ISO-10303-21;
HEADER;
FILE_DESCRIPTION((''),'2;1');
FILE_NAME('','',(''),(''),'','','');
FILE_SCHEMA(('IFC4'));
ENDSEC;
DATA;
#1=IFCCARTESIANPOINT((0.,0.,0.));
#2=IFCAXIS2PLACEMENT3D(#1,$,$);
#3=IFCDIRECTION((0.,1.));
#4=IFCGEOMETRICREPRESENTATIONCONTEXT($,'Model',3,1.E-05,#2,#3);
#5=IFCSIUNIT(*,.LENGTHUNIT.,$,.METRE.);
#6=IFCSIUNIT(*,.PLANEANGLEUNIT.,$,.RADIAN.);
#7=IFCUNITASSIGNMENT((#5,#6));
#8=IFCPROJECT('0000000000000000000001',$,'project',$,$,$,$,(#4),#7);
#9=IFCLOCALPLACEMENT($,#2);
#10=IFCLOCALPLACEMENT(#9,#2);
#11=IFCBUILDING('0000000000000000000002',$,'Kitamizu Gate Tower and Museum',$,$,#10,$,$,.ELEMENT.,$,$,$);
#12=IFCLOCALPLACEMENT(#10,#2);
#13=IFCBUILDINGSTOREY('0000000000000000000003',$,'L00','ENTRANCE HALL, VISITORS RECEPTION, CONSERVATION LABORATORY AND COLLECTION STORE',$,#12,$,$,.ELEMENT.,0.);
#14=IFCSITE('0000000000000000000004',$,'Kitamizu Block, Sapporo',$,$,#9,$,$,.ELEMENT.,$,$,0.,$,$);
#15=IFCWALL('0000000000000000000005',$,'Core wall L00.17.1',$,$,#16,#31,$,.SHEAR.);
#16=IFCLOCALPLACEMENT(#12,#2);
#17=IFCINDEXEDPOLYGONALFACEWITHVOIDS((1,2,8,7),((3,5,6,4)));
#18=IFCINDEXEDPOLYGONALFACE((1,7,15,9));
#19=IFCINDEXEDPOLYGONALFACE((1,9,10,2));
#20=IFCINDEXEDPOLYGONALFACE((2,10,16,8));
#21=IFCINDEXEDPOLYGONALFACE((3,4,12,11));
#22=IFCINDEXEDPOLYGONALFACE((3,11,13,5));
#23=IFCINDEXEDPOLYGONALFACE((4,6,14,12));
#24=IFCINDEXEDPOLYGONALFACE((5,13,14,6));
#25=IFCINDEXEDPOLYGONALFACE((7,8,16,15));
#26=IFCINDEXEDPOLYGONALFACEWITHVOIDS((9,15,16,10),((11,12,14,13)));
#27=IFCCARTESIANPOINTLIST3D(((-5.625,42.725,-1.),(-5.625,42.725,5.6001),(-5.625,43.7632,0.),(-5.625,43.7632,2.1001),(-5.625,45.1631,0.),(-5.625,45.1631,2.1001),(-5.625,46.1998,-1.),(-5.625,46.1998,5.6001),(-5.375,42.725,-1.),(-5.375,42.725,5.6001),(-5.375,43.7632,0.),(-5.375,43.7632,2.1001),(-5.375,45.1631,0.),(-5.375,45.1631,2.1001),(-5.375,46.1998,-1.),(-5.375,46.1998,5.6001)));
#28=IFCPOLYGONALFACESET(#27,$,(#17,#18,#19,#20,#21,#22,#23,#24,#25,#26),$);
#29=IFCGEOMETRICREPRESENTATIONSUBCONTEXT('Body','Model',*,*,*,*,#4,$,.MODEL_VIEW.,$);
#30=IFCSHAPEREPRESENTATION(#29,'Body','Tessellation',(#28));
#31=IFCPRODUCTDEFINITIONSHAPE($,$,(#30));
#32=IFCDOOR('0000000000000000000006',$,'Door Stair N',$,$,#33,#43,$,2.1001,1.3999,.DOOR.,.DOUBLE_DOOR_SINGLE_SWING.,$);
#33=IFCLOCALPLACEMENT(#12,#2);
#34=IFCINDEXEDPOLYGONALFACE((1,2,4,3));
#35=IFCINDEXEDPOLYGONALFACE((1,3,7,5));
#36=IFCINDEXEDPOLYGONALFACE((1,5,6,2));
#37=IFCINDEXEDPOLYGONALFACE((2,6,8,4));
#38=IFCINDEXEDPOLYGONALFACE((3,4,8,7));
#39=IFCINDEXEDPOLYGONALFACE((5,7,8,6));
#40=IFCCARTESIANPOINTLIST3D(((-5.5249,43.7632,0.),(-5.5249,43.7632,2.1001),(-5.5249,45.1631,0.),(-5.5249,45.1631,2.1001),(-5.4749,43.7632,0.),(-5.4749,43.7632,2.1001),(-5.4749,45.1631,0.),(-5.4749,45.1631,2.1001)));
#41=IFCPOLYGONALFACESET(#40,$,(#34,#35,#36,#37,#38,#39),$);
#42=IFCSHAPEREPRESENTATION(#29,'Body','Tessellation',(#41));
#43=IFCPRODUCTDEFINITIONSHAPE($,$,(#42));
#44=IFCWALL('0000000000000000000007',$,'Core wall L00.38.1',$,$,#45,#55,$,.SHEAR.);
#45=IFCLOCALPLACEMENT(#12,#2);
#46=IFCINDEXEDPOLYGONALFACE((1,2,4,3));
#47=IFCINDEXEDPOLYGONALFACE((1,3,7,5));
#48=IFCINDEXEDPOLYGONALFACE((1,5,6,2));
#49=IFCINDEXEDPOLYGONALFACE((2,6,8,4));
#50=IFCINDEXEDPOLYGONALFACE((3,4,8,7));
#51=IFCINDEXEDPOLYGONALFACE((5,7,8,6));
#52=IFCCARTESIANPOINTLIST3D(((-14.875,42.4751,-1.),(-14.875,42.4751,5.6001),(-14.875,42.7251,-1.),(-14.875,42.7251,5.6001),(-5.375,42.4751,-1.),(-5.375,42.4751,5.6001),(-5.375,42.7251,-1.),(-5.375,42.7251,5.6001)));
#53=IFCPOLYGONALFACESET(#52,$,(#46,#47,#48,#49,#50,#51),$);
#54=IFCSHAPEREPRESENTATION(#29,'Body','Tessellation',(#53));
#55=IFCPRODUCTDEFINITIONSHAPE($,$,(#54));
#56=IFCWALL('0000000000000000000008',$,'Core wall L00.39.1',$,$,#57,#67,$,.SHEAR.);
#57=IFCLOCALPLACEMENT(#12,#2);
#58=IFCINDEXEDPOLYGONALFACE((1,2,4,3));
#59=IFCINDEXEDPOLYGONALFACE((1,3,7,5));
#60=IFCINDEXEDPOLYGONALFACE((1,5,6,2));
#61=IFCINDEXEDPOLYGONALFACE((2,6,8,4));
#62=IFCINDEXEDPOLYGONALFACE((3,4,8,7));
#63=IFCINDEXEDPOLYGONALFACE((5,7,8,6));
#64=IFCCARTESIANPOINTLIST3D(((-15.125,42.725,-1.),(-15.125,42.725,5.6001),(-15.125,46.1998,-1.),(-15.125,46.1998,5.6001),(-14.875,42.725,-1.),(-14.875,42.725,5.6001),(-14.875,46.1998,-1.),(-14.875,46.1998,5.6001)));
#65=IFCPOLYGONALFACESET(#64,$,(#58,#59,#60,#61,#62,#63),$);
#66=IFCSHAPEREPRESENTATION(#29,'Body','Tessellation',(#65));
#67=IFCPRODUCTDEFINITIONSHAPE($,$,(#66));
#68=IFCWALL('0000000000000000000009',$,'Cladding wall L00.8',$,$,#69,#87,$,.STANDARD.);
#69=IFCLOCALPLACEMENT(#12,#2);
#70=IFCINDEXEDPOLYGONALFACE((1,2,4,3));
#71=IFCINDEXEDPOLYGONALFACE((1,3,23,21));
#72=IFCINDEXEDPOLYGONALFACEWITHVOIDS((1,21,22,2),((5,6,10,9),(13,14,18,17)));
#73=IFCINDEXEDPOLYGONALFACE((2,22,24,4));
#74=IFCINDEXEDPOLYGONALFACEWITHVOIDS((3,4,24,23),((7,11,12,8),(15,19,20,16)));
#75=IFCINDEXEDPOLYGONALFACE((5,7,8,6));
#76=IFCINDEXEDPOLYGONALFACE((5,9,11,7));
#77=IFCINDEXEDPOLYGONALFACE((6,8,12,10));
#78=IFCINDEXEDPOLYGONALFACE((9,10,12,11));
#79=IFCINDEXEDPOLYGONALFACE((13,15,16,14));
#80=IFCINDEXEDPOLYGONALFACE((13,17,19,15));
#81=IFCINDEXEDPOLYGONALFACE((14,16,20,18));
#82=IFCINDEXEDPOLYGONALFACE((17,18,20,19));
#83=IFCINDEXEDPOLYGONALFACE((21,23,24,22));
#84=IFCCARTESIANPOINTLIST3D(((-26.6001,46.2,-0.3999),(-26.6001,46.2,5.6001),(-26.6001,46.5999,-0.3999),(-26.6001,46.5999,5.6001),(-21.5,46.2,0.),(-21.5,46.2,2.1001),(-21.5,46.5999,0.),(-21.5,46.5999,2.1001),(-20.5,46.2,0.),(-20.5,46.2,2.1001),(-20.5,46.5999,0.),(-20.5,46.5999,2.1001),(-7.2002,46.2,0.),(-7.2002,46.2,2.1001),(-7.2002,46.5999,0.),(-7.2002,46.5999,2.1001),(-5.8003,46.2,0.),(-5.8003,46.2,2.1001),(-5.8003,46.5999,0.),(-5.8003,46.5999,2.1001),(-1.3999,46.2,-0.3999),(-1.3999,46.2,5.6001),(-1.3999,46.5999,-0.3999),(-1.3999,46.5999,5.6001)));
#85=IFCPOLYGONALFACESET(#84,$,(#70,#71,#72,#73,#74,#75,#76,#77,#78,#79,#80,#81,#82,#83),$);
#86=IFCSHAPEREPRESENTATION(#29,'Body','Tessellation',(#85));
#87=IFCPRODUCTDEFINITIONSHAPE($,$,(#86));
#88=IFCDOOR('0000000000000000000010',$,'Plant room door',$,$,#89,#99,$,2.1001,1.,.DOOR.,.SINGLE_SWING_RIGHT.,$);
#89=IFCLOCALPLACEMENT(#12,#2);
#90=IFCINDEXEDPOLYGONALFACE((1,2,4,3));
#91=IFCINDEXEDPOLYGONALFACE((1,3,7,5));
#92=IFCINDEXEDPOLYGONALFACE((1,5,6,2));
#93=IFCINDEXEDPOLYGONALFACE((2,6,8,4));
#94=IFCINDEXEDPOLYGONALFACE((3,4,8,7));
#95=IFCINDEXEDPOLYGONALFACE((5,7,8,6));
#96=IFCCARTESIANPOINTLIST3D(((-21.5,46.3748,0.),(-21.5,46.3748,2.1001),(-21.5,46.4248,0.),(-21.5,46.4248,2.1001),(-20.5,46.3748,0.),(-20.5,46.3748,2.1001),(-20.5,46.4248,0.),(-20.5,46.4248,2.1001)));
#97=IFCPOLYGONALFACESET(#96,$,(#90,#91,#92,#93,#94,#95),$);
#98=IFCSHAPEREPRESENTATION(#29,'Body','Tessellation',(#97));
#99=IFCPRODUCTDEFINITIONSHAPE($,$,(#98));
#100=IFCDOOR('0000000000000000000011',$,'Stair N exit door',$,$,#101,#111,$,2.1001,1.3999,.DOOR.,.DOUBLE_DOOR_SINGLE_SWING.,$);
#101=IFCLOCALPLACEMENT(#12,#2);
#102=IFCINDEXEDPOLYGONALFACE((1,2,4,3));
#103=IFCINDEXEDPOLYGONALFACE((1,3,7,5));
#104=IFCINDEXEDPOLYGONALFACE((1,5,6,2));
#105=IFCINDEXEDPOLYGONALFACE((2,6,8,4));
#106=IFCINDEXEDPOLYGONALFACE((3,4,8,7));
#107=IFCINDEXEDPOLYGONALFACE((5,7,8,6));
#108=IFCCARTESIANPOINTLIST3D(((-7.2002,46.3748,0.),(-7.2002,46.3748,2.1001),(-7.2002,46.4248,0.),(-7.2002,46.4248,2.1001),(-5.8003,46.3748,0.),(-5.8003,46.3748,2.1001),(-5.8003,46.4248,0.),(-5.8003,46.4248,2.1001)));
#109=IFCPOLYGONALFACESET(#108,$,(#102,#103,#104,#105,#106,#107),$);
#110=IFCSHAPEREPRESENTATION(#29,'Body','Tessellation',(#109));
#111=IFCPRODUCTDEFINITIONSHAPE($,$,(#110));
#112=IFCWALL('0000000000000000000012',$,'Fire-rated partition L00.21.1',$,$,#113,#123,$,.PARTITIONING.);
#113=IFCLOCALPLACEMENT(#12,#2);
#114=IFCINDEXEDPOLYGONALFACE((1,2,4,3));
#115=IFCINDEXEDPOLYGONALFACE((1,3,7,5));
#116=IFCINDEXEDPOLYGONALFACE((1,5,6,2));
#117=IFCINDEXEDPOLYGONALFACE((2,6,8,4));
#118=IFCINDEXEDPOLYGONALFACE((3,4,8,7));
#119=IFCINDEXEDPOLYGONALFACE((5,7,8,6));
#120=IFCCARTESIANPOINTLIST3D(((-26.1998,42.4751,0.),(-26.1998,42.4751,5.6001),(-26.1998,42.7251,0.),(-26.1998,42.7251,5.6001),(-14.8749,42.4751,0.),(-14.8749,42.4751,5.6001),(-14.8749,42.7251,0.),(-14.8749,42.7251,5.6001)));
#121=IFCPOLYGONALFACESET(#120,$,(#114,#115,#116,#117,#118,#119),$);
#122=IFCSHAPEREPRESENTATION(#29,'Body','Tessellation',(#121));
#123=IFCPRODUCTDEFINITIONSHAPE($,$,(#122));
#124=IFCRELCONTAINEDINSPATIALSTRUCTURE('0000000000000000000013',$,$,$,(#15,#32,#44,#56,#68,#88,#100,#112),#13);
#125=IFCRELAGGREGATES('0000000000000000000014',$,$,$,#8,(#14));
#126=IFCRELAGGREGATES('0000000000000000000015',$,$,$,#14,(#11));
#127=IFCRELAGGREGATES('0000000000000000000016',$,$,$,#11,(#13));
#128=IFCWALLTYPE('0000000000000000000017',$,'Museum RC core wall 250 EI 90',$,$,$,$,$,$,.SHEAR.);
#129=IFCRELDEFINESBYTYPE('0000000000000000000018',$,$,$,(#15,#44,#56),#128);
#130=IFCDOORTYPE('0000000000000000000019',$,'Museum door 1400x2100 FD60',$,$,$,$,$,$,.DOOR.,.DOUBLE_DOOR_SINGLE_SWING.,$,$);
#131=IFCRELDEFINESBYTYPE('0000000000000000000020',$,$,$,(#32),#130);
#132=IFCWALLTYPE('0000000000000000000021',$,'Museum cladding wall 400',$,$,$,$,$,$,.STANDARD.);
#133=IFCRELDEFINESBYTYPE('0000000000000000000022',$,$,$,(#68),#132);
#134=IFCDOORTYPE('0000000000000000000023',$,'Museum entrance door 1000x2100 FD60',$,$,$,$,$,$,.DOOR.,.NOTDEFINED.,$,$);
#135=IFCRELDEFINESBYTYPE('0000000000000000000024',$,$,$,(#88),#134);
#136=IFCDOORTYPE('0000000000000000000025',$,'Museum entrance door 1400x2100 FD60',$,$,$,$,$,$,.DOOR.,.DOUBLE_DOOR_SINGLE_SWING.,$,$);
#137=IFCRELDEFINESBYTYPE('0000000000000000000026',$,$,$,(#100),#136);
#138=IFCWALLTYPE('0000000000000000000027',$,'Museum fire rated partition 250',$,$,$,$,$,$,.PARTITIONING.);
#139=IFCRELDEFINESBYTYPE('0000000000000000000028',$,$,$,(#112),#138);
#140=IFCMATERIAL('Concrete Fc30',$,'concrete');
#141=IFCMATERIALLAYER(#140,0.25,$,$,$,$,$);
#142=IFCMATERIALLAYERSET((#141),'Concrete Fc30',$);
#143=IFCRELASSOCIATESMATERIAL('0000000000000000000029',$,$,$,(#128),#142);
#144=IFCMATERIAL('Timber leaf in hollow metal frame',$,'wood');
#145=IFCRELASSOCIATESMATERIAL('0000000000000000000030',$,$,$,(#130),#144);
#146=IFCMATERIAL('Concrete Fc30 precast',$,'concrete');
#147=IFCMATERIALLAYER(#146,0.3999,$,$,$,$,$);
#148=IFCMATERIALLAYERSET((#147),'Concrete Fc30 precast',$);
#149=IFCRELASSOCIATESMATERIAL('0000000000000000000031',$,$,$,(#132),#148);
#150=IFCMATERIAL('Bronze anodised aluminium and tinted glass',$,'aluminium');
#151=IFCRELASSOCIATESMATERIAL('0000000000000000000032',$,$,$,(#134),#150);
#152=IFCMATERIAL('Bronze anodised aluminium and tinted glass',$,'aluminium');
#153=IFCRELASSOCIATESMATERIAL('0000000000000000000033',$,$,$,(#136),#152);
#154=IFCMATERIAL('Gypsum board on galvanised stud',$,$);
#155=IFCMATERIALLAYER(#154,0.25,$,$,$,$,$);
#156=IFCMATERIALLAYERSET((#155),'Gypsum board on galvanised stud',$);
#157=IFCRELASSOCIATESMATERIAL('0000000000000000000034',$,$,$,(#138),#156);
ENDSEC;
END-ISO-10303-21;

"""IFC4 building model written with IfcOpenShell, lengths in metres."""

from ifc_helpers import new_model, si_unit, direction, frame, frame_2d, origin, place, context, subcontext, project, spatial, rectangle, extrude, material, layer, layer_set, type_object, element, fill, save


model = new_model("IFC4")

# Units and contexts
model_context = context("Model", 3, precision=1e-05, world=origin(), true_north=direction((0.0, 1.0)))
body_context = subcontext(model_context, "Body", "Model", "MODEL_VIEW")
ifc_project = project(units=[si_unit("LENGTHUNIT", "METRE"), si_unit("PLANEANGLEUNIT", "RADIAN")], contexts=[model_context])

# Site, building, storey
site_placement = place(None, origin())
site = spatial("IfcSite", under=ifc_project, at=site_placement, Name="Kitamizu Block, Sapporo", CompositionType="ELEMENT", RefElevation=0.0)
building_placement = place(site_placement, origin())
building = spatial("IfcBuilding", under=site, at=building_placement, Name="Kitamizu Gate Tower and Museum", CompositionType="ELEMENT")
storey_placement = place(building_placement, origin())
storey = spatial("IfcBuildingStorey", under=building, at=storey_placement, Name="L00", Description="ENTRANCE HALL, VISITORS RECEPTION, CONSERVATION LABORATORY AND COLLECTION STORE", CompositionType="ELEMENT", Elevation=0.0)

# Wall, opening, door
ifc_material_1 = material(Name="Concrete Fc30", Category="concrete")
ifc_layer_1 = layer(ifc_material_1, 0.25)
ifc_layer_set_1 = layer_set([ifc_layer_1], Name="Concrete Fc30")
wall_type_1 = type_object("IfcWallType", Name="Museum RC core wall 250 EI 90", PredefinedType="SHEAR", material=ifc_layer_set_1)
wall_1_placement = place(storey_placement, frame((-5.5, 42.7251, -1.0), z_axis=(0.0, 0.0, 1.0), x_axis=(0.0, 1.0, 0.0)))
wall_1 = element("IfcWall", 1, at=wall_1_placement, inside=storey, type_object=wall_type_1, Name="Core wall L00.17.1", PredefinedType="SHEAR", context=body_context, shape_type="SweptSolid", body=[
    extrude(rectangle(XDim=3.4749, YDim=0.25, at=frame_2d((1.7373, 0.0))), origin(), (0.0, 0.0, 1.0), 6.6001),
])
opening_1_placement = place(wall_1_placement, frame((1.0381, 0.0, 1.0)))
opening_1 = element("IfcOpeningElement", 2, at=opening_1_placement, cuts=wall_1, PredefinedType="OPENING", context=body_context, shape_type="SweptSolid", body=[
    extrude(rectangle(XDim=1.3999, YDim=2.1001, at=frame_2d((0.7, 1.05))), frame((0.0, 0.135, 0.0), z_axis=(0.0, -1.0, 0.0), x_axis=(1.0, 0.0, 0.0)), (0.0, 0.0, 1.0), 0.27),
])
ifc_material_2 = material(Name="Timber leaf in hollow metal frame", Category="wood")
door_type_1 = type_object("IfcDoorType", Name="Museum door 1400x2100 FD60", OperationType="DOUBLE_DOOR_SINGLE_SWING", PredefinedType="DOOR", material=ifc_material_2)
door_1_placement = place(opening_1_placement, origin())
door_1 = element("IfcDoor", 3, at=door_1_placement, inside=storey, type_object=door_type_1, Name="Door Stair N", OperationType="DOUBLE_DOOR_SINGLE_SWING", OverallHeight=2.1001, OverallWidth=1.3999, PredefinedType="DOOR", context=body_context, shape_type="SweptSolid", body=[
    extrude(rectangle(XDim=1.3999, YDim=2.1001, at=frame_2d((0.7, 1.05))), frame((0.0, 0.0249, 0.0), z_axis=(0.0, -1.0, 0.0), x_axis=(1.0, 0.0, 0.0)), (0.0, 0.0, 1.0), 0.05),
])
fill(opening_1, door_1)

# Walls
wall_2_placement = place(storey_placement, frame((-14.875, 42.6001, -1.0), z_axis=(0.0, 0.0, 1.0), x_axis=(1.0, 0.0, 0.0)))
element("IfcWall", 4, at=wall_2_placement, inside=storey, type_object=wall_type_1, Name="Core wall L00.38.1", PredefinedType="SHEAR", context=body_context, shape_type="SweptSolid", body=[
    extrude(rectangle(XDim=9.5, YDim=0.25, at=frame_2d((4.75, 0.0))), origin(), (0.0, 0.0, 1.0), 6.6001),
])
wall_3_placement = place(storey_placement, frame((-15.0, 42.7251, -1.0), z_axis=(0.0, 0.0, 1.0), x_axis=(0.0, 1.0, 0.0)))
element("IfcWall", 5, at=wall_3_placement, inside=storey, type_object=wall_type_1, Name="Core wall L00.39.1", PredefinedType="SHEAR", context=body_context, shape_type="SweptSolid", body=[
    extrude(rectangle(XDim=3.4749, YDim=0.25, at=frame_2d((1.7373, 0.0))), origin(), (0.0, 0.0, 1.0), 6.6001),
])

# Wall, openings, doors
ifc_material_3 = material(Name="Concrete Fc30 precast", Category="concrete")
ifc_layer_2 = layer(ifc_material_3, 0.3999)
ifc_layer_set_2 = layer_set([ifc_layer_2], Name="Concrete Fc30 precast")
wall_type_2 = type_object("IfcWallType", Name="Museum cladding wall 400", PredefinedType="STANDARD", material=ifc_layer_set_2)
wall_4_placement = place(storey_placement, frame((-26.6001, 46.3999, -0.3999), z_axis=(0.0, 0.0, 1.0), x_axis=(1.0, 0.0, 0.0)))
wall_4 = element("IfcWall", 6, at=wall_4_placement, inside=storey, type_object=wall_type_2, Name="Cladding wall L00.8", PredefinedType="STANDARD", context=body_context, shape_type="SweptSolid", body=[
    extrude(rectangle(XDim=25.2002, YDim=0.3999, at=frame_2d((12.6001, 0.0))), origin(), (0.0, 0.0, 1.0), 6.0),
])
opening_2_placement = place(wall_4_placement, frame((19.3999, 0.0, 0.3999)))
opening_2 = element("IfcOpeningElement", 7, at=opening_2_placement, cuts=wall_4, PredefinedType="OPENING", context=body_context, shape_type="SweptSolid", body=[
    extrude(rectangle(XDim=1.3999, YDim=2.1001, at=frame_2d((0.7, 1.05))), frame((0.0, 0.21, 0.0), z_axis=(0.0, -1.0, 0.0), x_axis=(1.0, 0.0, 0.0)), (0.0, 0.0, 1.0), 0.4199),
])
opening_3_placement = place(wall_4_placement, frame((5.1001, 0.0, 0.3999)))
opening_3 = element("IfcOpeningElement", 8, at=opening_3_placement, cuts=wall_4, PredefinedType="OPENING", context=body_context, shape_type="SweptSolid", body=[
    extrude(rectangle(XDim=1.0, YDim=2.1001, at=frame_2d((0.5, 1.05))), frame((0.0, 0.21, 0.0), z_axis=(0.0, -1.0, 0.0), x_axis=(1.0, 0.0, 0.0)), (0.0, 0.0, 1.0), 0.4199),
])
ifc_material_4 = material(Name="Bronze anodised aluminium and tinted glass", Category="aluminium")
door_type_2 = type_object("IfcDoorType", Name="Museum entrance door 1000x2100 FD60", OperationType="NOTDEFINED", PredefinedType="DOOR", material=ifc_material_4)
door_2_placement = place(opening_3_placement, origin())
door_2 = element("IfcDoor", 9, at=door_2_placement, inside=storey, type_object=door_type_2, Name="Plant room door", OperationType="SINGLE_SWING_RIGHT", OverallHeight=2.1001, OverallWidth=1.0, PredefinedType="DOOR", context=body_context, shape_type="SweptSolid", body=[
    extrude(rectangle(XDim=1.0, YDim=2.1001, at=frame_2d((0.5, 1.05))), frame((0.0, 0.0249, 0.0), z_axis=(0.0, -1.0, 0.0), x_axis=(1.0, 0.0, 0.0)), (0.0, 0.0, 1.0), 0.05),
])
fill(opening_3, door_2)
ifc_material_5 = material(Name="Bronze anodised aluminium and tinted glass", Category="aluminium")
door_type_3 = type_object("IfcDoorType", Name="Museum entrance door 1400x2100 FD60", OperationType="DOUBLE_DOOR_SINGLE_SWING", PredefinedType="DOOR", material=ifc_material_5)
door_3_placement = place(opening_2_placement, origin())
door_3 = element("IfcDoor", 10, at=door_3_placement, inside=storey, type_object=door_type_3, Name="Stair N exit door", OperationType="DOUBLE_DOOR_SINGLE_SWING", OverallHeight=2.1001, OverallWidth=1.3999, PredefinedType="DOOR", context=body_context, shape_type="SweptSolid", body=[
    extrude(rectangle(XDim=1.3999, YDim=2.1001, at=frame_2d((0.7, 1.05))), frame((0.0, 0.0249, 0.0), z_axis=(0.0, -1.0, 0.0), x_axis=(1.0, 0.0, 0.0)), (0.0, 0.0, 1.0), 0.05),
])
fill(opening_2, door_3)

# Wall
ifc_material_6 = material(Name="Gypsum board on galvanised stud")
ifc_layer_3 = layer(ifc_material_6, 0.25)
ifc_layer_set_3 = layer_set([ifc_layer_3], Name="Gypsum board on galvanised stud")
wall_type_3 = type_object("IfcWallType", Name="Museum fire rated partition 250", PredefinedType="PARTITIONING", material=ifc_layer_set_3)
wall_5_placement = place(storey_placement, frame((-26.2, 42.6001, 0.0), z_axis=(0.0, 0.0, 1.0), x_axis=(1.0, 0.0, 0.0)))
element("IfcWall", 11, at=wall_5_placement, inside=storey, type_object=wall_type_3, Name="Fire-rated partition L00.21.1", PredefinedType="PARTITIONING", context=body_context, shape_type="SweptSolid", body=[
    extrude(rectangle(XDim=11.325, YDim=0.25, at=frame_2d((5.6626, 0.0))), origin(), (0.0, 0.0, 1.0), 5.6001),
])

save(model, "model.ifc")
